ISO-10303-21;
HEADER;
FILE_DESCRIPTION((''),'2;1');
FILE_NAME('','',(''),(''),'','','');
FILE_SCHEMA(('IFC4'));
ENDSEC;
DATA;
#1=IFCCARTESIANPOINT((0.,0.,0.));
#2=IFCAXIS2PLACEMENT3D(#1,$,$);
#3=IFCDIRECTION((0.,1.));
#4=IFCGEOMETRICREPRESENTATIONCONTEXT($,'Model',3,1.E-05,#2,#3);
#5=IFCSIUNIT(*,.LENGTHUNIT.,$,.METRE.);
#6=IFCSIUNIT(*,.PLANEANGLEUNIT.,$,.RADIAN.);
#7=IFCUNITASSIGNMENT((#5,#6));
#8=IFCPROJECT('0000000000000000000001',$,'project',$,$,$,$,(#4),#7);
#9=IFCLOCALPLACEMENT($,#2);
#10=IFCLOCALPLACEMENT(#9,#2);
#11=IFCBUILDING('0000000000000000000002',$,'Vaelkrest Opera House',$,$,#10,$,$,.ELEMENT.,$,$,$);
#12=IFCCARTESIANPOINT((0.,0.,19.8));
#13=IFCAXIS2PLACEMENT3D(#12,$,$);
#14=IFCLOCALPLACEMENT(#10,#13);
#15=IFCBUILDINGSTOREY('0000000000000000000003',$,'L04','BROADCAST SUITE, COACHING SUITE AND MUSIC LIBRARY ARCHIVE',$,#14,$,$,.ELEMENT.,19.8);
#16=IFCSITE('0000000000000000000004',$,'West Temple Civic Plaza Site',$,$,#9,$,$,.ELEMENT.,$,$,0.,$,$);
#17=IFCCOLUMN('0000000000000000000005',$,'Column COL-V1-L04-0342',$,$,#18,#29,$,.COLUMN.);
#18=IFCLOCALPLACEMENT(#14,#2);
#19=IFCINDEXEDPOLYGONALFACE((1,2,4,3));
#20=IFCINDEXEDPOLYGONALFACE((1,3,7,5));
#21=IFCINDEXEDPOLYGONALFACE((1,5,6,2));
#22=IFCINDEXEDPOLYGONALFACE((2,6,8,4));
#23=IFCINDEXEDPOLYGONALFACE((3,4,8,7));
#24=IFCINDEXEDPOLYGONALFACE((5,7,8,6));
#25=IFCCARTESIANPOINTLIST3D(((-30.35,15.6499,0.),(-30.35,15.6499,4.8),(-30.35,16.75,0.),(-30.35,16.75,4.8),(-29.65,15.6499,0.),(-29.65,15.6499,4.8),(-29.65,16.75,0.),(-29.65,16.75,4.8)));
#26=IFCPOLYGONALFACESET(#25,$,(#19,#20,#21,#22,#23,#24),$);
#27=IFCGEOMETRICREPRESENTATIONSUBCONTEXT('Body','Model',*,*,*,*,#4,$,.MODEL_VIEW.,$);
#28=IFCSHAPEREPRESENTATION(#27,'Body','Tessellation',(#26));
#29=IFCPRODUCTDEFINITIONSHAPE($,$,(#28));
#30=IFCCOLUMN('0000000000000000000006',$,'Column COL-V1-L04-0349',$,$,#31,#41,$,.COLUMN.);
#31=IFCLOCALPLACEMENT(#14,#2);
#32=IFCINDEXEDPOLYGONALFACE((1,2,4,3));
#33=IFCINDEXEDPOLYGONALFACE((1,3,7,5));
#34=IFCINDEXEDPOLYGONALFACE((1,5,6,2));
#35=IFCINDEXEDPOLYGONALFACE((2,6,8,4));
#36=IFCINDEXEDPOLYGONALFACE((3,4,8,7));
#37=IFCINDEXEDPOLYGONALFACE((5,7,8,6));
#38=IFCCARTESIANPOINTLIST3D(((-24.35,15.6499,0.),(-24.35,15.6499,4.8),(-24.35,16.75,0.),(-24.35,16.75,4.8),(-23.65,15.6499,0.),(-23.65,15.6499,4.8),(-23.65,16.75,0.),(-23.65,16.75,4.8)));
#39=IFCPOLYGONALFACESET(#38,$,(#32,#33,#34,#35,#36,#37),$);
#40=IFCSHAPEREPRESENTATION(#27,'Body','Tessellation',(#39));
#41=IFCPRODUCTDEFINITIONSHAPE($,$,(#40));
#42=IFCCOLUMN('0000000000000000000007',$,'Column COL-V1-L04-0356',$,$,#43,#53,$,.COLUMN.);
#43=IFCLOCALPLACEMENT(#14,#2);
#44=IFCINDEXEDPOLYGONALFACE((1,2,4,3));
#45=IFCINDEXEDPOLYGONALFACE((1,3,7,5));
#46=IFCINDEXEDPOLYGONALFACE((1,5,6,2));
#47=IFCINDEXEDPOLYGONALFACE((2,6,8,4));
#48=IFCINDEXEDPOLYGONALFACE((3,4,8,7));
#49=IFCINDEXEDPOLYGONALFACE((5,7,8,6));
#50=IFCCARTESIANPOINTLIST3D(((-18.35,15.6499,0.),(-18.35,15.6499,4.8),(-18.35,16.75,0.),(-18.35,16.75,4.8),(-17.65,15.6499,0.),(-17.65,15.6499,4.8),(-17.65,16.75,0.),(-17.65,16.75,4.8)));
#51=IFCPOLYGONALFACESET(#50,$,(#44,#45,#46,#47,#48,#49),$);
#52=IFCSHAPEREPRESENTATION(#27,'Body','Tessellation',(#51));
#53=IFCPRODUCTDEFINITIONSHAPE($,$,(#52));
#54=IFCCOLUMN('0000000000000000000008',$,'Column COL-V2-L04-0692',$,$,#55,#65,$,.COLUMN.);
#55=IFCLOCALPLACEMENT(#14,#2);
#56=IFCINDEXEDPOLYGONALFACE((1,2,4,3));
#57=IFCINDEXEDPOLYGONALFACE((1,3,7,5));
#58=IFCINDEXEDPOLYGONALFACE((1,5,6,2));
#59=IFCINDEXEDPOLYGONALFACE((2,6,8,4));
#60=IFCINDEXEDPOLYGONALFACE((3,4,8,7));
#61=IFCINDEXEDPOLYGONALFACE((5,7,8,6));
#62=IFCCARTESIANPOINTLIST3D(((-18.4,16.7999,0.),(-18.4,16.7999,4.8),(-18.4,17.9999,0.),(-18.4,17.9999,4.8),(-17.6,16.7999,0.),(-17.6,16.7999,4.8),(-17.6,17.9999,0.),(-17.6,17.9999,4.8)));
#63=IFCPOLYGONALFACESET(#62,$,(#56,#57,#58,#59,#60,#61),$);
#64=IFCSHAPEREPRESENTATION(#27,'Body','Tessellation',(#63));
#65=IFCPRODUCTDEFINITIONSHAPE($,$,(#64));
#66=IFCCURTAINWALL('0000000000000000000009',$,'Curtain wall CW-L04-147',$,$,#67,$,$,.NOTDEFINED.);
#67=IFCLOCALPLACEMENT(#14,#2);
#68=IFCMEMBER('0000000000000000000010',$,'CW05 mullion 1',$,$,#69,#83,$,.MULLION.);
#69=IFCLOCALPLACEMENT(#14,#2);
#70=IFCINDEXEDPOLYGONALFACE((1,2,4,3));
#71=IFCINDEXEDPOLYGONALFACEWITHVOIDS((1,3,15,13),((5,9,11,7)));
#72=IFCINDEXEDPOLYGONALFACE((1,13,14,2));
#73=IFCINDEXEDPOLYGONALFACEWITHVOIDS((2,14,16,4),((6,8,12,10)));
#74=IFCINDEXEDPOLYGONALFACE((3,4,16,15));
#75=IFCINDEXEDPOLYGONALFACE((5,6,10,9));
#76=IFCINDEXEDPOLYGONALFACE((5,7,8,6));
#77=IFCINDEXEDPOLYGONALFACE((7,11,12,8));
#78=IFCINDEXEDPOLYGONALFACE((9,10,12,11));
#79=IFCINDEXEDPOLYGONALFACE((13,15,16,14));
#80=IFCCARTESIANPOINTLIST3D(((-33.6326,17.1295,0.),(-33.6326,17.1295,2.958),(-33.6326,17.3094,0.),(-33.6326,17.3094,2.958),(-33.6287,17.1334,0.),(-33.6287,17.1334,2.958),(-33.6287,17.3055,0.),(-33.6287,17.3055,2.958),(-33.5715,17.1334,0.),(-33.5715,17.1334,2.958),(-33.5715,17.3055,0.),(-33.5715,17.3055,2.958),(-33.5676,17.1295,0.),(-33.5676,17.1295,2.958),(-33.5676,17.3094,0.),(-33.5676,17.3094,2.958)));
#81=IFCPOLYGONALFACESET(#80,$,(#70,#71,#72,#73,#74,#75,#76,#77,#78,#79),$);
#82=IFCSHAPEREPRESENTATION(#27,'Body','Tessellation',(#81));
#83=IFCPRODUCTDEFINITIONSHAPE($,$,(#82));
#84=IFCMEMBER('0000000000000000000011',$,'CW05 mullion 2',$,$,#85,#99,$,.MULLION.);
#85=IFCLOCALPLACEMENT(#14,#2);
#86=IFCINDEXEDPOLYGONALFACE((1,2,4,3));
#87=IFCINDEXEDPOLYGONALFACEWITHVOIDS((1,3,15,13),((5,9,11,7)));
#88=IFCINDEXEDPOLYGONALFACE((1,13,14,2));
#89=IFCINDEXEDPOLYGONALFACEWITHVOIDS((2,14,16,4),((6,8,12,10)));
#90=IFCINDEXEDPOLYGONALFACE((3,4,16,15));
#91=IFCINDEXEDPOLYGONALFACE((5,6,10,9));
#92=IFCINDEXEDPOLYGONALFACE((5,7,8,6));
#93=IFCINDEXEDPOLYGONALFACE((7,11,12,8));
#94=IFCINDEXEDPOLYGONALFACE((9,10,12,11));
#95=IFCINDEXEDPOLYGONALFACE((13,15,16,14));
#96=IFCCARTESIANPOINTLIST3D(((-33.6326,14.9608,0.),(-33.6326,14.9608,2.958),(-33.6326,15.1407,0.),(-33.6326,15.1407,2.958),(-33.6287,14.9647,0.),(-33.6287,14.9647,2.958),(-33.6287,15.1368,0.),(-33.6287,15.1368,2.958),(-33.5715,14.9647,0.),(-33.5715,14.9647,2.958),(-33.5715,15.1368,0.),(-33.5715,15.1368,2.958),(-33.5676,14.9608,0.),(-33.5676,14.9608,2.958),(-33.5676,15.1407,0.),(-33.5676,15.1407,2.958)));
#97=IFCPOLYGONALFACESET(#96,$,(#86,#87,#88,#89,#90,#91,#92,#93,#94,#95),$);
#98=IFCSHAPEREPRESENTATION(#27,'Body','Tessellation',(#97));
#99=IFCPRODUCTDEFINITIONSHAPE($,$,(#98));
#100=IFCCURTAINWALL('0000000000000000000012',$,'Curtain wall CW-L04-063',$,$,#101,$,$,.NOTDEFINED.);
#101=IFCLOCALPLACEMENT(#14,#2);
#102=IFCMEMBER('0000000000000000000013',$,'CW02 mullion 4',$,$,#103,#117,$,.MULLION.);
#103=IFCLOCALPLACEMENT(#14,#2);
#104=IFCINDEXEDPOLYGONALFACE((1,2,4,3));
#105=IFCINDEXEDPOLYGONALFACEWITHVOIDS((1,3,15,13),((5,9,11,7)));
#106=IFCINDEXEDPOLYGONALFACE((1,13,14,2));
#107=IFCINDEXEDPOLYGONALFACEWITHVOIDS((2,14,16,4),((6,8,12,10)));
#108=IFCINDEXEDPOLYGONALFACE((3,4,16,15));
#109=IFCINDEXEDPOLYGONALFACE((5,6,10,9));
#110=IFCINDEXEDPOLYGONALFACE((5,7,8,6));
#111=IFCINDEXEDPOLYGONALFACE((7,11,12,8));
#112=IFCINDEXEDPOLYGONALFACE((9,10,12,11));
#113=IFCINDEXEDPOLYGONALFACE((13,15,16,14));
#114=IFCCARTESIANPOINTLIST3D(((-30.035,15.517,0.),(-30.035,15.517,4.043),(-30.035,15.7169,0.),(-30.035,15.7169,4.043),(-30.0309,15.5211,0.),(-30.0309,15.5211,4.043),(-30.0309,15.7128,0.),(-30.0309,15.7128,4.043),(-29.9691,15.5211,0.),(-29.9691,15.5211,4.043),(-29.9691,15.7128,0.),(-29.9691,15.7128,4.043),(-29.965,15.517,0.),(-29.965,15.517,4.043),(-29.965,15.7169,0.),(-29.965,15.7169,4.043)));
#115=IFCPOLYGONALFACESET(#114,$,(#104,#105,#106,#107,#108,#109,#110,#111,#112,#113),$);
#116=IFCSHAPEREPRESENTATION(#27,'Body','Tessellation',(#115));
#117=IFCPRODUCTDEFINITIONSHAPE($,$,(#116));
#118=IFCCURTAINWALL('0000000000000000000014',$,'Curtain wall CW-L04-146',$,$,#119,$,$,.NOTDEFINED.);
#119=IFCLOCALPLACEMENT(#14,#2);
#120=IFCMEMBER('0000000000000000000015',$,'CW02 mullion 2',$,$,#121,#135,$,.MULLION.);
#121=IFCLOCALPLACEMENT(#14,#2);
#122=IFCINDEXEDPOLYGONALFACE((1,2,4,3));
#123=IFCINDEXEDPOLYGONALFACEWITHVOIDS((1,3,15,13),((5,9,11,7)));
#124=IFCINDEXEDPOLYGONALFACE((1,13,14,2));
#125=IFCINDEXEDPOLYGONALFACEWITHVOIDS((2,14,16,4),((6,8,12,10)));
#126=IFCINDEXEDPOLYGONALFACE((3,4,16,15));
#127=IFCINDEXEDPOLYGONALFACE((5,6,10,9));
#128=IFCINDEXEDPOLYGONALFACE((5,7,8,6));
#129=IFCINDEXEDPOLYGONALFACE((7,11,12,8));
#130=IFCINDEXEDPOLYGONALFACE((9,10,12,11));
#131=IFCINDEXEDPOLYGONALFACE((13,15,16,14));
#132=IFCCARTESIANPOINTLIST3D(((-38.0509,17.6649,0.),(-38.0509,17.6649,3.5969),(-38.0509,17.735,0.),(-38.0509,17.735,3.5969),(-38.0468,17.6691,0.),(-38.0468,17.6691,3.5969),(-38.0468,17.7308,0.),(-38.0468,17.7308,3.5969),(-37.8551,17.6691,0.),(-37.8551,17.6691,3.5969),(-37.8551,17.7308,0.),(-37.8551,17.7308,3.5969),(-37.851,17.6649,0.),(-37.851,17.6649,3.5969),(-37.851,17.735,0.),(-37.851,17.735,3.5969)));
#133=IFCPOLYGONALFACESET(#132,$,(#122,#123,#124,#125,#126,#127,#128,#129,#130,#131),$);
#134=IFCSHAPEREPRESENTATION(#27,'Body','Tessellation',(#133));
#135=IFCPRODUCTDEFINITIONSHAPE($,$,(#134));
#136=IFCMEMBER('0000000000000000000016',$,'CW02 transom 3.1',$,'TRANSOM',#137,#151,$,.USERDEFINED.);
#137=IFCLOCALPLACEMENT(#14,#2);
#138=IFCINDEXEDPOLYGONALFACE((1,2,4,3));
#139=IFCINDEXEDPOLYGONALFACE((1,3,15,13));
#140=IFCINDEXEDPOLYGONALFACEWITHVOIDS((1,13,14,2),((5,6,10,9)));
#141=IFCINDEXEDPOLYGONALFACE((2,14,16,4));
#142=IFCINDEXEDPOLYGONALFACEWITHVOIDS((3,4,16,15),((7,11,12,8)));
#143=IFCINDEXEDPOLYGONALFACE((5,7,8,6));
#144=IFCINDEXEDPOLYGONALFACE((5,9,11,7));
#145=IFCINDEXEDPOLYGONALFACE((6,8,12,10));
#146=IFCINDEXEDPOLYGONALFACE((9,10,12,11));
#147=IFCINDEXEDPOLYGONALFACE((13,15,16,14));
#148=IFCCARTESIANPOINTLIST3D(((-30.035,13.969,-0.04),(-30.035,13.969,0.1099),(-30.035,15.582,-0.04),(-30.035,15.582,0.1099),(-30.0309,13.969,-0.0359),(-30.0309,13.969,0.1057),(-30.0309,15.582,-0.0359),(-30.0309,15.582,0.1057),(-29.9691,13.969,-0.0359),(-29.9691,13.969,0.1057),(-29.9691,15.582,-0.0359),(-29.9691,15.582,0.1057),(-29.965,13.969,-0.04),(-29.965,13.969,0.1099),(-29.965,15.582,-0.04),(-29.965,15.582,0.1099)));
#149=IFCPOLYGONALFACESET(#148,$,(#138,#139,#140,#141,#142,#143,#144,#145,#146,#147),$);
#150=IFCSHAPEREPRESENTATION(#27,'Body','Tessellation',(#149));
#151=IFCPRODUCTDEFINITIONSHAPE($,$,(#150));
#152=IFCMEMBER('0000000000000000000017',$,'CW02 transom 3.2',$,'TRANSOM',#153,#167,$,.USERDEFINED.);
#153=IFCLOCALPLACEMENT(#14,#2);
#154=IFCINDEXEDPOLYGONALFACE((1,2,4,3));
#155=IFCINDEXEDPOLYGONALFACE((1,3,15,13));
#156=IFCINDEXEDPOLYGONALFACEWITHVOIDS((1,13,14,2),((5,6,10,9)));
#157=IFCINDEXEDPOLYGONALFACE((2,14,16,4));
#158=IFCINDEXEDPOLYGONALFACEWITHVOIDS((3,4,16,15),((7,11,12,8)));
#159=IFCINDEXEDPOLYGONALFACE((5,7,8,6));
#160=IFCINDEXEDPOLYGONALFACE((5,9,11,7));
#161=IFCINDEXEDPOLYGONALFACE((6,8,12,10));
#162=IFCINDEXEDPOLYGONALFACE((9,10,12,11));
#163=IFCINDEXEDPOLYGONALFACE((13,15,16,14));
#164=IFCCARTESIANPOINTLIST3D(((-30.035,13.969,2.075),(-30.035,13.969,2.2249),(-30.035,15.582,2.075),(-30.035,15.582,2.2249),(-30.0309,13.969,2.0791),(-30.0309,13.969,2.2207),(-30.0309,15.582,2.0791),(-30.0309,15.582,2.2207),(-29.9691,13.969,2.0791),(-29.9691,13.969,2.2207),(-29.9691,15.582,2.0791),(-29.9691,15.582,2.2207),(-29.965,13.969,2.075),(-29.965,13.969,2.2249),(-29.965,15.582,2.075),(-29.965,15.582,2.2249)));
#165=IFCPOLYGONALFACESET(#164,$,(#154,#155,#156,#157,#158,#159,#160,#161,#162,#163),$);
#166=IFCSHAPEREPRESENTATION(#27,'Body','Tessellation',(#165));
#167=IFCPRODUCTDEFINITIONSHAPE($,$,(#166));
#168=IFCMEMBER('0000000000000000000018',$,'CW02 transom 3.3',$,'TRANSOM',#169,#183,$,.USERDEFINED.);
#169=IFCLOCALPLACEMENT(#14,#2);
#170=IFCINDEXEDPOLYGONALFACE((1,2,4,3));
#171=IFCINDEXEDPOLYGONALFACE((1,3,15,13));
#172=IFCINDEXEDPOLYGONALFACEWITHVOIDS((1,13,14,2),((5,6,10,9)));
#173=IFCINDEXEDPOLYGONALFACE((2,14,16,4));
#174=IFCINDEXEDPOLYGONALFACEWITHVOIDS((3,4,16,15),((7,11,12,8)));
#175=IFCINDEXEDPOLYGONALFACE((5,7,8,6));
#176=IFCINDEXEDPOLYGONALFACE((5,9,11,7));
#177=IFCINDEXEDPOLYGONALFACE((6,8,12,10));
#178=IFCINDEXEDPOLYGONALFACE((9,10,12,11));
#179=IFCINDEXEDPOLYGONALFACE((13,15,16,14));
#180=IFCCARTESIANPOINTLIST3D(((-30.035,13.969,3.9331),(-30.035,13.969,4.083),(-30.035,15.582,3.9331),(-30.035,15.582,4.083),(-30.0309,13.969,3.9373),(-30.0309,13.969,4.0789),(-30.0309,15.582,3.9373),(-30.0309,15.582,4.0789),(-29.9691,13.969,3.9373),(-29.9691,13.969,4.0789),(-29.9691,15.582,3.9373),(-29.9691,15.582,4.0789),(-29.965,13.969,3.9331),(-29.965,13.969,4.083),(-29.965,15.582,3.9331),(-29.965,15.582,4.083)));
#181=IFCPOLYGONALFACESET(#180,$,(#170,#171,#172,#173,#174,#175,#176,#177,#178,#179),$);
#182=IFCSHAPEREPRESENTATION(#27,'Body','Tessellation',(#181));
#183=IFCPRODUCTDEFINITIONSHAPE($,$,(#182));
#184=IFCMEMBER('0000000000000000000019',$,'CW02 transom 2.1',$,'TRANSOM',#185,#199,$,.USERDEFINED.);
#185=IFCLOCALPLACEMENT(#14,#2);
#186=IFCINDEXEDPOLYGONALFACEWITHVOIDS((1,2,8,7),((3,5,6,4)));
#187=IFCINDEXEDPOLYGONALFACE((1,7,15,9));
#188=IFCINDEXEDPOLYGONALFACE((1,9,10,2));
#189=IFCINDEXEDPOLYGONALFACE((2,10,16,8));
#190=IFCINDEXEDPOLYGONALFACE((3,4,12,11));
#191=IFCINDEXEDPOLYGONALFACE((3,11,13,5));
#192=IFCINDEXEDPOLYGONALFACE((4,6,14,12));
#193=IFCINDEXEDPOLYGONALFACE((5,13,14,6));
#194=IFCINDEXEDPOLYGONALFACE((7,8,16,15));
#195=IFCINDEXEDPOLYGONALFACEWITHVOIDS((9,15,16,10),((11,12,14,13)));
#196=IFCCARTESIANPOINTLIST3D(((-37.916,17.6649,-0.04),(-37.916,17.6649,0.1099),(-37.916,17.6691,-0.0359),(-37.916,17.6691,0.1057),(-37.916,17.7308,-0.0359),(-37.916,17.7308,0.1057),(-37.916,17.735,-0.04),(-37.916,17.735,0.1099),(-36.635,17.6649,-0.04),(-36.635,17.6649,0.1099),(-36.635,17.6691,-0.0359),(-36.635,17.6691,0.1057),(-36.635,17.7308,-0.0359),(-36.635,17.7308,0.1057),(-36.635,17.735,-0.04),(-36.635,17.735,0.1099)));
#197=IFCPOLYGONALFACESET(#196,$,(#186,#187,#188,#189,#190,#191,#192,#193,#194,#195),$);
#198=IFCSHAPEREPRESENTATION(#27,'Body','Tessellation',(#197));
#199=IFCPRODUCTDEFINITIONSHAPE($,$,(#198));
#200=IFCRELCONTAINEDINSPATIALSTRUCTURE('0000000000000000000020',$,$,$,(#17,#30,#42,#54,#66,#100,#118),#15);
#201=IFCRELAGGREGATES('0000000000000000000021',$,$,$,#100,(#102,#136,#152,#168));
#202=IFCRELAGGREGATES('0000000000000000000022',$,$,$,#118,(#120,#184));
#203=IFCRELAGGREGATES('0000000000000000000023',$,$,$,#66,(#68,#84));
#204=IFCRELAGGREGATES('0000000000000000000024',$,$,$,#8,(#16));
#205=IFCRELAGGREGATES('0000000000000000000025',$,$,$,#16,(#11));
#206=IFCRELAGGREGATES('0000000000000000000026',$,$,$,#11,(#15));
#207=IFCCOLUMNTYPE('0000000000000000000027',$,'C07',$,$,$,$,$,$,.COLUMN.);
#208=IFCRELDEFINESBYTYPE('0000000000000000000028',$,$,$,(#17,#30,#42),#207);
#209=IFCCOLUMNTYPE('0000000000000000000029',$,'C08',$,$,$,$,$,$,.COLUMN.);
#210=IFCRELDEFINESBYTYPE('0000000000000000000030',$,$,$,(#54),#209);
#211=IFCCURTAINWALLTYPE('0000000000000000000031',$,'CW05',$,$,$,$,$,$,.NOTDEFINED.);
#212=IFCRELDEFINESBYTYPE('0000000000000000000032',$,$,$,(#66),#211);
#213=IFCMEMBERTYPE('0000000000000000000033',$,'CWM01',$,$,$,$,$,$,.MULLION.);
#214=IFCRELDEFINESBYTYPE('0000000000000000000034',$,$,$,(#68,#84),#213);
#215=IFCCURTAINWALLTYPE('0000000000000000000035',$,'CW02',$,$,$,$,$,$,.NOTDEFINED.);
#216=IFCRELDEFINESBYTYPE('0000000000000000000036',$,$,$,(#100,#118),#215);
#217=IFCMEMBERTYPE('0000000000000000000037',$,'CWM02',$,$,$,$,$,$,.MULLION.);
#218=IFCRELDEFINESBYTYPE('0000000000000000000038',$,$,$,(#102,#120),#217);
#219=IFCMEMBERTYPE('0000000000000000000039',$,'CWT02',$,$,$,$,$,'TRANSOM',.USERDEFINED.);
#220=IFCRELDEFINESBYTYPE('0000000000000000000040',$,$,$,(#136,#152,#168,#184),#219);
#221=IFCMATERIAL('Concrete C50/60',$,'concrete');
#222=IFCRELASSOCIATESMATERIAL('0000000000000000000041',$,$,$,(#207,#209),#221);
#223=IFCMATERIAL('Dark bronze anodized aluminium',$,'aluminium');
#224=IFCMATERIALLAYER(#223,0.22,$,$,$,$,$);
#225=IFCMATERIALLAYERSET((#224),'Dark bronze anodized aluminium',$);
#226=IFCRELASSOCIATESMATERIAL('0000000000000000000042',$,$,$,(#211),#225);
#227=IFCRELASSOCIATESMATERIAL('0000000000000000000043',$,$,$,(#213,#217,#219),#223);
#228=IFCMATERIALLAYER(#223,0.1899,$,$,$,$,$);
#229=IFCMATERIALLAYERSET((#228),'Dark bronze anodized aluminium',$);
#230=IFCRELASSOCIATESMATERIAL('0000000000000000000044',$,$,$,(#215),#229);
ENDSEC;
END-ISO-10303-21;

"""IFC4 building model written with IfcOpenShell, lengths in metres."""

from ifc_helpers import new_model, si_unit, direction, frame, origin, origin_2d, place, context, subcontext, project, spatial, rectangle, hollow_rectangle, extrude, material, layer, layer_set, material_profile, profile_set, type_object, element, aggregate, save


model = new_model("IFC4")

# Units and contexts
model_context = context("Model", 3, precision=1e-05, world=origin(), true_north=direction((0.0, 1.0)))
body_context = subcontext(model_context, "Body", "Model", "MODEL_VIEW")
ifc_project = project(units=[si_unit("LENGTHUNIT", "METRE"), si_unit("PLANEANGLEUNIT", "RADIAN")], contexts=[model_context])

# Site, building, storey
site_placement = place(None, origin())
site = spatial("IfcSite", under=ifc_project, at=site_placement, Name="West Temple Civic Plaza Site", CompositionType="ELEMENT", RefElevation=0.0)
building_placement = place(site_placement, origin())
building = spatial("IfcBuilding", under=site, at=building_placement, Name="Vaelkrest Opera House", CompositionType="ELEMENT")
storey_placement = place(building_placement, frame((0.0, 0.0, 19.8)))
storey = spatial("IfcBuildingStorey", under=building, at=storey_placement, Name="L04", Description="BROADCAST SUITE, COACHING SUITE AND MUSIC LIBRARY ARCHIVE", CompositionType="ELEMENT", Elevation=19.8)

# Columns
ifc_material_1 = material(Name="Concrete C50/60", Category="concrete")
ifc_material_profile_1 = material_profile(ifc_material_1, rectangle(XDim=0.7, YDim=1.1001, at=origin_2d()), Name="RC700X1100")
ifc_profile_set_1 = profile_set([ifc_material_profile_1], Name="Concrete C50/60")
column_type_1 = type_object("IfcColumnType", Name="C07", PredefinedType="COLUMN", material=ifc_profile_set_1)
for number, where, z_axis, x_axis, name in (
    (1, (-30.0, 16.2, 0.0), (0.0, 0.0, 1.0), (1.0, 0.0, 0.0), "Column COL-V1-L04-0342"),
    (2, (-24.0, 16.2, 0.0), (0.0, 0.0, 1.0), (1.0, 0.0, 0.0), "Column COL-V1-L04-0349"),
    (3, (-18.0, 16.2, 0.0), (0.0, 0.0, 1.0), (1.0, 0.0, 0.0), "Column COL-V1-L04-0356"),
):
    element("IfcColumn", number, at=place(storey_placement, frame(where, z_axis=z_axis, x_axis=x_axis)), inside=storey, type_object=column_type_1, Name=name, PredefinedType="COLUMN", context=body_context, shape_type="SweptSolid", body=[
        extrude(rectangle(XDim=0.7, YDim=1.1001, at=origin_2d()), origin(), (0.0, 0.0, 1.0), 4.8),
    ])
ifc_material_profile_2 = material_profile(ifc_material_1, rectangle(XDim=0.8, YDim=1.2, at=origin_2d()), Name="RC800X1200")
ifc_profile_set_2 = profile_set([ifc_material_profile_2], Name="Concrete C50/60")
column_type_2 = type_object("IfcColumnType", Name="C08", PredefinedType="COLUMN", material=ifc_profile_set_2)
column_placement = place(storey_placement, frame((-18.0, 17.3999, 0.0), z_axis=(0.0, 0.0, 1.0), x_axis=(1.0, 0.0, 0.0)))
element("IfcColumn", 4, at=column_placement, inside=storey, type_object=column_type_2, Name="Column COL-V2-L04-0692", PredefinedType="COLUMN", context=body_context, shape_type="SweptSolid", body=[
    extrude(rectangle(XDim=0.8, YDim=1.2, at=origin_2d()), origin(), (0.0, 0.0, 1.0), 4.8),
])

# Curtain wall, members
ifc_material_2 = material(Name="Dark bronze anodized aluminium", Category="aluminium")
ifc_layer_1 = layer(ifc_material_2, 0.22)
ifc_layer_set_1 = layer_set([ifc_layer_1], Name="Dark bronze anodized aluminium")
curtain_wall_type_1 = type_object("IfcCurtainWallType", Name="CW05", PredefinedType="NOTDEFINED", material=ifc_layer_set_1)
curtain_wall_1_placement = place(storey_placement, origin())
curtain_wall_1 = element("IfcCurtainWall", 5, at=curtain_wall_1_placement, inside=storey, type_object=curtain_wall_type_1, Name="Curtain wall CW-L04-147", PredefinedType="NOTDEFINED")
ifc_material_profile_3 = material_profile(ifc_material_2, hollow_rectangle(XDim=0.0649, YDim=0.1799, WallThickness=0.0039, at=origin_2d()), Name="CWM65X180")
ifc_profile_set_3 = profile_set([ifc_material_profile_3], Name="Dark bronze anodized aluminium")
member_type_1 = type_object("IfcMemberType", Name="CWM01", PredefinedType="MULLION", material=ifc_profile_set_3)
member_1_placement = place(storey_placement, frame((-33.6001, 17.2195, 0.0), z_axis=(0.0, 0.0, 1.0), x_axis=(1.0, 0.0, 0.0)))
member_1 = element("IfcMember", 6, at=member_1_placement, type_object=member_type_1, Name="CW05 mullion 1", PredefinedType="MULLION", context=body_context, shape_type="SweptSolid", body=[
    extrude(hollow_rectangle(XDim=0.0649, YDim=0.1799, WallThickness=0.0039, at=origin_2d()), origin(), (0.0, 0.0, 1.0), 2.958),
])
member_2_placement = place(storey_placement, frame((-33.6001, 15.0508, 0.0), z_axis=(0.0, 0.0, 1.0), x_axis=(1.0, 0.0, 0.0)))
member_2 = element("IfcMember", 7, at=member_2_placement, type_object=member_type_1, Name="CW05 mullion 2", PredefinedType="MULLION", context=body_context, shape_type="SweptSolid", body=[
    extrude(hollow_rectangle(XDim=0.0649, YDim=0.1799, WallThickness=0.0039, at=origin_2d()), origin(), (0.0, 0.0, 1.0), 2.958),
])

# Curtain walls, members
ifc_layer_2 = layer(ifc_material_2, 0.1899)
ifc_layer_set_2 = layer_set([ifc_layer_2], Name="Dark bronze anodized aluminium")
curtain_wall_type_2 = type_object("IfcCurtainWallType", Name="CW02", PredefinedType="NOTDEFINED", material=ifc_layer_set_2)
curtain_wall_2_placement = place(storey_placement, origin())
curtain_wall_2 = element("IfcCurtainWall", 8, at=curtain_wall_2_placement, inside=storey, type_object=curtain_wall_type_2, Name="Curtain wall CW-L04-063", PredefinedType="NOTDEFINED")
ifc_material_profile_4 = material_profile(ifc_material_2, hollow_rectangle(XDim=0.0701, YDim=0.2, WallThickness=0.0042, at=origin_2d()), Name="CWM70X200")
ifc_profile_set_4 = profile_set([ifc_material_profile_4], Name="Dark bronze anodized aluminium")
member_type_2 = type_object("IfcMemberType", Name="CWM02", PredefinedType="MULLION", material=ifc_profile_set_4)
member_3_placement = place(storey_placement, frame((-30.0, 15.6169, 0.0), z_axis=(0.0, 0.0, 1.0), x_axis=(-1.0, 0.0, 0.0)))
member_3 = element("IfcMember", 9, at=member_3_placement, type_object=member_type_2, Name="CW02 mullion 4", PredefinedType="MULLION", context=body_context, shape_type="SweptSolid", body=[
    extrude(hollow_rectangle(XDim=0.0701, YDim=0.2, WallThickness=0.0042, at=origin_2d()), origin(), (0.0, 0.0, 1.0), 4.043),
])
curtain_wall_3_placement = place(storey_placement, origin())
curtain_wall_3 = element("IfcCurtainWall", 10, at=curtain_wall_3_placement, inside=storey, type_object=curtain_wall_type_2, Name="Curtain wall CW-L04-146", PredefinedType="NOTDEFINED")
member_4_placement = place(storey_placement, frame((-37.9509, 17.7, 0.0), z_axis=(0.0, 0.0, 1.0), x_axis=(0.0, 1.0, 0.0)))
member_4 = element("IfcMember", 11, at=member_4_placement, type_object=member_type_2, Name="CW02 mullion 2", PredefinedType="MULLION", context=body_context, shape_type="SweptSolid", body=[
    extrude(hollow_rectangle(XDim=0.0701, YDim=0.2, WallThickness=0.0042, at=origin_2d()), origin(), (0.0, 0.0, 1.0), 3.5969),
])

# Members
ifc_material_profile_5 = material_profile(ifc_material_2, hollow_rectangle(XDim=0.0701, YDim=0.1499, WallThickness=0.0042, at=origin_2d()), Name="CWT70X150")
ifc_profile_set_5 = profile_set([ifc_material_profile_5], Name="Dark bronze anodized aluminium")
member_type_3 = type_object("IfcMemberType", Name="CWT02", ElementType="TRANSOM", PredefinedType="USERDEFINED", material=ifc_profile_set_5)
member_5_placement = place(storey_placement, frame((-30.0, 13.969, 0.0349), z_axis=(0.0, 1.0, 0.0), x_axis=(-1.0, 0.0, 0.0)))
member_5 = element("IfcMember", 12, at=member_5_placement, type_object=member_type_3, Name="CW02 transom 3.1", ObjectType="TRANSOM", PredefinedType="USERDEFINED", context=body_context, shape_type="SweptSolid", body=[
    extrude(hollow_rectangle(XDim=0.0701, YDim=0.1499, WallThickness=0.0042, at=origin_2d()), origin(), (0.0, 0.0, 1.0), 1.613),
])
member_6_placement = place(storey_placement, frame((-30.0, 13.969, 2.1499), z_axis=(0.0, 1.0, 0.0), x_axis=(-1.0, 0.0, 0.0)))
member_6 = element("IfcMember", 13, at=member_6_placement, type_object=member_type_3, Name="CW02 transom 3.2", ObjectType="TRANSOM", PredefinedType="USERDEFINED", context=body_context, shape_type="SweptSolid", body=[
    extrude(hollow_rectangle(XDim=0.0701, YDim=0.1499, WallThickness=0.0042, at=origin_2d()), origin(), (0.0, 0.0, 1.0), 1.613),
])
member_7_placement = place(storey_placement, frame((-30.0, 13.969, 4.0081), z_axis=(0.0, 1.0, 0.0), x_axis=(-1.0, 0.0, 0.0)))
member_7 = element("IfcMember", 14, at=member_7_placement, type_object=member_type_3, Name="CW02 transom 3.3", ObjectType="TRANSOM", PredefinedType="USERDEFINED", context=body_context, shape_type="SweptSolid", body=[
    extrude(hollow_rectangle(XDim=0.0701, YDim=0.1499, WallThickness=0.0042, at=origin_2d()), origin(), (0.0, 0.0, 1.0), 1.613),
])
member_8_placement = place(storey_placement, frame((-37.916, 17.7, 0.0349), z_axis=(1.0, 0.0, 0.0), x_axis=(0.0, 1.0, 0.0)))
member_8 = element("IfcMember", 15, at=member_8_placement, type_object=member_type_3, Name="CW02 transom 2.1", ObjectType="TRANSOM", PredefinedType="USERDEFINED", context=body_context, shape_type="SweptSolid", body=[
    extrude(hollow_rectangle(XDim=0.0701, YDim=0.1499, WallThickness=0.0042, at=origin_2d()), origin(), (0.0, 0.0, 1.0), 1.281),
])

aggregate(curtain_wall_2, [member_3, member_5, member_6, member_7])
aggregate(curtain_wall_3, [member_4, member_8])
aggregate(curtain_wall_1, [member_1, member_2])

save(model, "model.ifc")
